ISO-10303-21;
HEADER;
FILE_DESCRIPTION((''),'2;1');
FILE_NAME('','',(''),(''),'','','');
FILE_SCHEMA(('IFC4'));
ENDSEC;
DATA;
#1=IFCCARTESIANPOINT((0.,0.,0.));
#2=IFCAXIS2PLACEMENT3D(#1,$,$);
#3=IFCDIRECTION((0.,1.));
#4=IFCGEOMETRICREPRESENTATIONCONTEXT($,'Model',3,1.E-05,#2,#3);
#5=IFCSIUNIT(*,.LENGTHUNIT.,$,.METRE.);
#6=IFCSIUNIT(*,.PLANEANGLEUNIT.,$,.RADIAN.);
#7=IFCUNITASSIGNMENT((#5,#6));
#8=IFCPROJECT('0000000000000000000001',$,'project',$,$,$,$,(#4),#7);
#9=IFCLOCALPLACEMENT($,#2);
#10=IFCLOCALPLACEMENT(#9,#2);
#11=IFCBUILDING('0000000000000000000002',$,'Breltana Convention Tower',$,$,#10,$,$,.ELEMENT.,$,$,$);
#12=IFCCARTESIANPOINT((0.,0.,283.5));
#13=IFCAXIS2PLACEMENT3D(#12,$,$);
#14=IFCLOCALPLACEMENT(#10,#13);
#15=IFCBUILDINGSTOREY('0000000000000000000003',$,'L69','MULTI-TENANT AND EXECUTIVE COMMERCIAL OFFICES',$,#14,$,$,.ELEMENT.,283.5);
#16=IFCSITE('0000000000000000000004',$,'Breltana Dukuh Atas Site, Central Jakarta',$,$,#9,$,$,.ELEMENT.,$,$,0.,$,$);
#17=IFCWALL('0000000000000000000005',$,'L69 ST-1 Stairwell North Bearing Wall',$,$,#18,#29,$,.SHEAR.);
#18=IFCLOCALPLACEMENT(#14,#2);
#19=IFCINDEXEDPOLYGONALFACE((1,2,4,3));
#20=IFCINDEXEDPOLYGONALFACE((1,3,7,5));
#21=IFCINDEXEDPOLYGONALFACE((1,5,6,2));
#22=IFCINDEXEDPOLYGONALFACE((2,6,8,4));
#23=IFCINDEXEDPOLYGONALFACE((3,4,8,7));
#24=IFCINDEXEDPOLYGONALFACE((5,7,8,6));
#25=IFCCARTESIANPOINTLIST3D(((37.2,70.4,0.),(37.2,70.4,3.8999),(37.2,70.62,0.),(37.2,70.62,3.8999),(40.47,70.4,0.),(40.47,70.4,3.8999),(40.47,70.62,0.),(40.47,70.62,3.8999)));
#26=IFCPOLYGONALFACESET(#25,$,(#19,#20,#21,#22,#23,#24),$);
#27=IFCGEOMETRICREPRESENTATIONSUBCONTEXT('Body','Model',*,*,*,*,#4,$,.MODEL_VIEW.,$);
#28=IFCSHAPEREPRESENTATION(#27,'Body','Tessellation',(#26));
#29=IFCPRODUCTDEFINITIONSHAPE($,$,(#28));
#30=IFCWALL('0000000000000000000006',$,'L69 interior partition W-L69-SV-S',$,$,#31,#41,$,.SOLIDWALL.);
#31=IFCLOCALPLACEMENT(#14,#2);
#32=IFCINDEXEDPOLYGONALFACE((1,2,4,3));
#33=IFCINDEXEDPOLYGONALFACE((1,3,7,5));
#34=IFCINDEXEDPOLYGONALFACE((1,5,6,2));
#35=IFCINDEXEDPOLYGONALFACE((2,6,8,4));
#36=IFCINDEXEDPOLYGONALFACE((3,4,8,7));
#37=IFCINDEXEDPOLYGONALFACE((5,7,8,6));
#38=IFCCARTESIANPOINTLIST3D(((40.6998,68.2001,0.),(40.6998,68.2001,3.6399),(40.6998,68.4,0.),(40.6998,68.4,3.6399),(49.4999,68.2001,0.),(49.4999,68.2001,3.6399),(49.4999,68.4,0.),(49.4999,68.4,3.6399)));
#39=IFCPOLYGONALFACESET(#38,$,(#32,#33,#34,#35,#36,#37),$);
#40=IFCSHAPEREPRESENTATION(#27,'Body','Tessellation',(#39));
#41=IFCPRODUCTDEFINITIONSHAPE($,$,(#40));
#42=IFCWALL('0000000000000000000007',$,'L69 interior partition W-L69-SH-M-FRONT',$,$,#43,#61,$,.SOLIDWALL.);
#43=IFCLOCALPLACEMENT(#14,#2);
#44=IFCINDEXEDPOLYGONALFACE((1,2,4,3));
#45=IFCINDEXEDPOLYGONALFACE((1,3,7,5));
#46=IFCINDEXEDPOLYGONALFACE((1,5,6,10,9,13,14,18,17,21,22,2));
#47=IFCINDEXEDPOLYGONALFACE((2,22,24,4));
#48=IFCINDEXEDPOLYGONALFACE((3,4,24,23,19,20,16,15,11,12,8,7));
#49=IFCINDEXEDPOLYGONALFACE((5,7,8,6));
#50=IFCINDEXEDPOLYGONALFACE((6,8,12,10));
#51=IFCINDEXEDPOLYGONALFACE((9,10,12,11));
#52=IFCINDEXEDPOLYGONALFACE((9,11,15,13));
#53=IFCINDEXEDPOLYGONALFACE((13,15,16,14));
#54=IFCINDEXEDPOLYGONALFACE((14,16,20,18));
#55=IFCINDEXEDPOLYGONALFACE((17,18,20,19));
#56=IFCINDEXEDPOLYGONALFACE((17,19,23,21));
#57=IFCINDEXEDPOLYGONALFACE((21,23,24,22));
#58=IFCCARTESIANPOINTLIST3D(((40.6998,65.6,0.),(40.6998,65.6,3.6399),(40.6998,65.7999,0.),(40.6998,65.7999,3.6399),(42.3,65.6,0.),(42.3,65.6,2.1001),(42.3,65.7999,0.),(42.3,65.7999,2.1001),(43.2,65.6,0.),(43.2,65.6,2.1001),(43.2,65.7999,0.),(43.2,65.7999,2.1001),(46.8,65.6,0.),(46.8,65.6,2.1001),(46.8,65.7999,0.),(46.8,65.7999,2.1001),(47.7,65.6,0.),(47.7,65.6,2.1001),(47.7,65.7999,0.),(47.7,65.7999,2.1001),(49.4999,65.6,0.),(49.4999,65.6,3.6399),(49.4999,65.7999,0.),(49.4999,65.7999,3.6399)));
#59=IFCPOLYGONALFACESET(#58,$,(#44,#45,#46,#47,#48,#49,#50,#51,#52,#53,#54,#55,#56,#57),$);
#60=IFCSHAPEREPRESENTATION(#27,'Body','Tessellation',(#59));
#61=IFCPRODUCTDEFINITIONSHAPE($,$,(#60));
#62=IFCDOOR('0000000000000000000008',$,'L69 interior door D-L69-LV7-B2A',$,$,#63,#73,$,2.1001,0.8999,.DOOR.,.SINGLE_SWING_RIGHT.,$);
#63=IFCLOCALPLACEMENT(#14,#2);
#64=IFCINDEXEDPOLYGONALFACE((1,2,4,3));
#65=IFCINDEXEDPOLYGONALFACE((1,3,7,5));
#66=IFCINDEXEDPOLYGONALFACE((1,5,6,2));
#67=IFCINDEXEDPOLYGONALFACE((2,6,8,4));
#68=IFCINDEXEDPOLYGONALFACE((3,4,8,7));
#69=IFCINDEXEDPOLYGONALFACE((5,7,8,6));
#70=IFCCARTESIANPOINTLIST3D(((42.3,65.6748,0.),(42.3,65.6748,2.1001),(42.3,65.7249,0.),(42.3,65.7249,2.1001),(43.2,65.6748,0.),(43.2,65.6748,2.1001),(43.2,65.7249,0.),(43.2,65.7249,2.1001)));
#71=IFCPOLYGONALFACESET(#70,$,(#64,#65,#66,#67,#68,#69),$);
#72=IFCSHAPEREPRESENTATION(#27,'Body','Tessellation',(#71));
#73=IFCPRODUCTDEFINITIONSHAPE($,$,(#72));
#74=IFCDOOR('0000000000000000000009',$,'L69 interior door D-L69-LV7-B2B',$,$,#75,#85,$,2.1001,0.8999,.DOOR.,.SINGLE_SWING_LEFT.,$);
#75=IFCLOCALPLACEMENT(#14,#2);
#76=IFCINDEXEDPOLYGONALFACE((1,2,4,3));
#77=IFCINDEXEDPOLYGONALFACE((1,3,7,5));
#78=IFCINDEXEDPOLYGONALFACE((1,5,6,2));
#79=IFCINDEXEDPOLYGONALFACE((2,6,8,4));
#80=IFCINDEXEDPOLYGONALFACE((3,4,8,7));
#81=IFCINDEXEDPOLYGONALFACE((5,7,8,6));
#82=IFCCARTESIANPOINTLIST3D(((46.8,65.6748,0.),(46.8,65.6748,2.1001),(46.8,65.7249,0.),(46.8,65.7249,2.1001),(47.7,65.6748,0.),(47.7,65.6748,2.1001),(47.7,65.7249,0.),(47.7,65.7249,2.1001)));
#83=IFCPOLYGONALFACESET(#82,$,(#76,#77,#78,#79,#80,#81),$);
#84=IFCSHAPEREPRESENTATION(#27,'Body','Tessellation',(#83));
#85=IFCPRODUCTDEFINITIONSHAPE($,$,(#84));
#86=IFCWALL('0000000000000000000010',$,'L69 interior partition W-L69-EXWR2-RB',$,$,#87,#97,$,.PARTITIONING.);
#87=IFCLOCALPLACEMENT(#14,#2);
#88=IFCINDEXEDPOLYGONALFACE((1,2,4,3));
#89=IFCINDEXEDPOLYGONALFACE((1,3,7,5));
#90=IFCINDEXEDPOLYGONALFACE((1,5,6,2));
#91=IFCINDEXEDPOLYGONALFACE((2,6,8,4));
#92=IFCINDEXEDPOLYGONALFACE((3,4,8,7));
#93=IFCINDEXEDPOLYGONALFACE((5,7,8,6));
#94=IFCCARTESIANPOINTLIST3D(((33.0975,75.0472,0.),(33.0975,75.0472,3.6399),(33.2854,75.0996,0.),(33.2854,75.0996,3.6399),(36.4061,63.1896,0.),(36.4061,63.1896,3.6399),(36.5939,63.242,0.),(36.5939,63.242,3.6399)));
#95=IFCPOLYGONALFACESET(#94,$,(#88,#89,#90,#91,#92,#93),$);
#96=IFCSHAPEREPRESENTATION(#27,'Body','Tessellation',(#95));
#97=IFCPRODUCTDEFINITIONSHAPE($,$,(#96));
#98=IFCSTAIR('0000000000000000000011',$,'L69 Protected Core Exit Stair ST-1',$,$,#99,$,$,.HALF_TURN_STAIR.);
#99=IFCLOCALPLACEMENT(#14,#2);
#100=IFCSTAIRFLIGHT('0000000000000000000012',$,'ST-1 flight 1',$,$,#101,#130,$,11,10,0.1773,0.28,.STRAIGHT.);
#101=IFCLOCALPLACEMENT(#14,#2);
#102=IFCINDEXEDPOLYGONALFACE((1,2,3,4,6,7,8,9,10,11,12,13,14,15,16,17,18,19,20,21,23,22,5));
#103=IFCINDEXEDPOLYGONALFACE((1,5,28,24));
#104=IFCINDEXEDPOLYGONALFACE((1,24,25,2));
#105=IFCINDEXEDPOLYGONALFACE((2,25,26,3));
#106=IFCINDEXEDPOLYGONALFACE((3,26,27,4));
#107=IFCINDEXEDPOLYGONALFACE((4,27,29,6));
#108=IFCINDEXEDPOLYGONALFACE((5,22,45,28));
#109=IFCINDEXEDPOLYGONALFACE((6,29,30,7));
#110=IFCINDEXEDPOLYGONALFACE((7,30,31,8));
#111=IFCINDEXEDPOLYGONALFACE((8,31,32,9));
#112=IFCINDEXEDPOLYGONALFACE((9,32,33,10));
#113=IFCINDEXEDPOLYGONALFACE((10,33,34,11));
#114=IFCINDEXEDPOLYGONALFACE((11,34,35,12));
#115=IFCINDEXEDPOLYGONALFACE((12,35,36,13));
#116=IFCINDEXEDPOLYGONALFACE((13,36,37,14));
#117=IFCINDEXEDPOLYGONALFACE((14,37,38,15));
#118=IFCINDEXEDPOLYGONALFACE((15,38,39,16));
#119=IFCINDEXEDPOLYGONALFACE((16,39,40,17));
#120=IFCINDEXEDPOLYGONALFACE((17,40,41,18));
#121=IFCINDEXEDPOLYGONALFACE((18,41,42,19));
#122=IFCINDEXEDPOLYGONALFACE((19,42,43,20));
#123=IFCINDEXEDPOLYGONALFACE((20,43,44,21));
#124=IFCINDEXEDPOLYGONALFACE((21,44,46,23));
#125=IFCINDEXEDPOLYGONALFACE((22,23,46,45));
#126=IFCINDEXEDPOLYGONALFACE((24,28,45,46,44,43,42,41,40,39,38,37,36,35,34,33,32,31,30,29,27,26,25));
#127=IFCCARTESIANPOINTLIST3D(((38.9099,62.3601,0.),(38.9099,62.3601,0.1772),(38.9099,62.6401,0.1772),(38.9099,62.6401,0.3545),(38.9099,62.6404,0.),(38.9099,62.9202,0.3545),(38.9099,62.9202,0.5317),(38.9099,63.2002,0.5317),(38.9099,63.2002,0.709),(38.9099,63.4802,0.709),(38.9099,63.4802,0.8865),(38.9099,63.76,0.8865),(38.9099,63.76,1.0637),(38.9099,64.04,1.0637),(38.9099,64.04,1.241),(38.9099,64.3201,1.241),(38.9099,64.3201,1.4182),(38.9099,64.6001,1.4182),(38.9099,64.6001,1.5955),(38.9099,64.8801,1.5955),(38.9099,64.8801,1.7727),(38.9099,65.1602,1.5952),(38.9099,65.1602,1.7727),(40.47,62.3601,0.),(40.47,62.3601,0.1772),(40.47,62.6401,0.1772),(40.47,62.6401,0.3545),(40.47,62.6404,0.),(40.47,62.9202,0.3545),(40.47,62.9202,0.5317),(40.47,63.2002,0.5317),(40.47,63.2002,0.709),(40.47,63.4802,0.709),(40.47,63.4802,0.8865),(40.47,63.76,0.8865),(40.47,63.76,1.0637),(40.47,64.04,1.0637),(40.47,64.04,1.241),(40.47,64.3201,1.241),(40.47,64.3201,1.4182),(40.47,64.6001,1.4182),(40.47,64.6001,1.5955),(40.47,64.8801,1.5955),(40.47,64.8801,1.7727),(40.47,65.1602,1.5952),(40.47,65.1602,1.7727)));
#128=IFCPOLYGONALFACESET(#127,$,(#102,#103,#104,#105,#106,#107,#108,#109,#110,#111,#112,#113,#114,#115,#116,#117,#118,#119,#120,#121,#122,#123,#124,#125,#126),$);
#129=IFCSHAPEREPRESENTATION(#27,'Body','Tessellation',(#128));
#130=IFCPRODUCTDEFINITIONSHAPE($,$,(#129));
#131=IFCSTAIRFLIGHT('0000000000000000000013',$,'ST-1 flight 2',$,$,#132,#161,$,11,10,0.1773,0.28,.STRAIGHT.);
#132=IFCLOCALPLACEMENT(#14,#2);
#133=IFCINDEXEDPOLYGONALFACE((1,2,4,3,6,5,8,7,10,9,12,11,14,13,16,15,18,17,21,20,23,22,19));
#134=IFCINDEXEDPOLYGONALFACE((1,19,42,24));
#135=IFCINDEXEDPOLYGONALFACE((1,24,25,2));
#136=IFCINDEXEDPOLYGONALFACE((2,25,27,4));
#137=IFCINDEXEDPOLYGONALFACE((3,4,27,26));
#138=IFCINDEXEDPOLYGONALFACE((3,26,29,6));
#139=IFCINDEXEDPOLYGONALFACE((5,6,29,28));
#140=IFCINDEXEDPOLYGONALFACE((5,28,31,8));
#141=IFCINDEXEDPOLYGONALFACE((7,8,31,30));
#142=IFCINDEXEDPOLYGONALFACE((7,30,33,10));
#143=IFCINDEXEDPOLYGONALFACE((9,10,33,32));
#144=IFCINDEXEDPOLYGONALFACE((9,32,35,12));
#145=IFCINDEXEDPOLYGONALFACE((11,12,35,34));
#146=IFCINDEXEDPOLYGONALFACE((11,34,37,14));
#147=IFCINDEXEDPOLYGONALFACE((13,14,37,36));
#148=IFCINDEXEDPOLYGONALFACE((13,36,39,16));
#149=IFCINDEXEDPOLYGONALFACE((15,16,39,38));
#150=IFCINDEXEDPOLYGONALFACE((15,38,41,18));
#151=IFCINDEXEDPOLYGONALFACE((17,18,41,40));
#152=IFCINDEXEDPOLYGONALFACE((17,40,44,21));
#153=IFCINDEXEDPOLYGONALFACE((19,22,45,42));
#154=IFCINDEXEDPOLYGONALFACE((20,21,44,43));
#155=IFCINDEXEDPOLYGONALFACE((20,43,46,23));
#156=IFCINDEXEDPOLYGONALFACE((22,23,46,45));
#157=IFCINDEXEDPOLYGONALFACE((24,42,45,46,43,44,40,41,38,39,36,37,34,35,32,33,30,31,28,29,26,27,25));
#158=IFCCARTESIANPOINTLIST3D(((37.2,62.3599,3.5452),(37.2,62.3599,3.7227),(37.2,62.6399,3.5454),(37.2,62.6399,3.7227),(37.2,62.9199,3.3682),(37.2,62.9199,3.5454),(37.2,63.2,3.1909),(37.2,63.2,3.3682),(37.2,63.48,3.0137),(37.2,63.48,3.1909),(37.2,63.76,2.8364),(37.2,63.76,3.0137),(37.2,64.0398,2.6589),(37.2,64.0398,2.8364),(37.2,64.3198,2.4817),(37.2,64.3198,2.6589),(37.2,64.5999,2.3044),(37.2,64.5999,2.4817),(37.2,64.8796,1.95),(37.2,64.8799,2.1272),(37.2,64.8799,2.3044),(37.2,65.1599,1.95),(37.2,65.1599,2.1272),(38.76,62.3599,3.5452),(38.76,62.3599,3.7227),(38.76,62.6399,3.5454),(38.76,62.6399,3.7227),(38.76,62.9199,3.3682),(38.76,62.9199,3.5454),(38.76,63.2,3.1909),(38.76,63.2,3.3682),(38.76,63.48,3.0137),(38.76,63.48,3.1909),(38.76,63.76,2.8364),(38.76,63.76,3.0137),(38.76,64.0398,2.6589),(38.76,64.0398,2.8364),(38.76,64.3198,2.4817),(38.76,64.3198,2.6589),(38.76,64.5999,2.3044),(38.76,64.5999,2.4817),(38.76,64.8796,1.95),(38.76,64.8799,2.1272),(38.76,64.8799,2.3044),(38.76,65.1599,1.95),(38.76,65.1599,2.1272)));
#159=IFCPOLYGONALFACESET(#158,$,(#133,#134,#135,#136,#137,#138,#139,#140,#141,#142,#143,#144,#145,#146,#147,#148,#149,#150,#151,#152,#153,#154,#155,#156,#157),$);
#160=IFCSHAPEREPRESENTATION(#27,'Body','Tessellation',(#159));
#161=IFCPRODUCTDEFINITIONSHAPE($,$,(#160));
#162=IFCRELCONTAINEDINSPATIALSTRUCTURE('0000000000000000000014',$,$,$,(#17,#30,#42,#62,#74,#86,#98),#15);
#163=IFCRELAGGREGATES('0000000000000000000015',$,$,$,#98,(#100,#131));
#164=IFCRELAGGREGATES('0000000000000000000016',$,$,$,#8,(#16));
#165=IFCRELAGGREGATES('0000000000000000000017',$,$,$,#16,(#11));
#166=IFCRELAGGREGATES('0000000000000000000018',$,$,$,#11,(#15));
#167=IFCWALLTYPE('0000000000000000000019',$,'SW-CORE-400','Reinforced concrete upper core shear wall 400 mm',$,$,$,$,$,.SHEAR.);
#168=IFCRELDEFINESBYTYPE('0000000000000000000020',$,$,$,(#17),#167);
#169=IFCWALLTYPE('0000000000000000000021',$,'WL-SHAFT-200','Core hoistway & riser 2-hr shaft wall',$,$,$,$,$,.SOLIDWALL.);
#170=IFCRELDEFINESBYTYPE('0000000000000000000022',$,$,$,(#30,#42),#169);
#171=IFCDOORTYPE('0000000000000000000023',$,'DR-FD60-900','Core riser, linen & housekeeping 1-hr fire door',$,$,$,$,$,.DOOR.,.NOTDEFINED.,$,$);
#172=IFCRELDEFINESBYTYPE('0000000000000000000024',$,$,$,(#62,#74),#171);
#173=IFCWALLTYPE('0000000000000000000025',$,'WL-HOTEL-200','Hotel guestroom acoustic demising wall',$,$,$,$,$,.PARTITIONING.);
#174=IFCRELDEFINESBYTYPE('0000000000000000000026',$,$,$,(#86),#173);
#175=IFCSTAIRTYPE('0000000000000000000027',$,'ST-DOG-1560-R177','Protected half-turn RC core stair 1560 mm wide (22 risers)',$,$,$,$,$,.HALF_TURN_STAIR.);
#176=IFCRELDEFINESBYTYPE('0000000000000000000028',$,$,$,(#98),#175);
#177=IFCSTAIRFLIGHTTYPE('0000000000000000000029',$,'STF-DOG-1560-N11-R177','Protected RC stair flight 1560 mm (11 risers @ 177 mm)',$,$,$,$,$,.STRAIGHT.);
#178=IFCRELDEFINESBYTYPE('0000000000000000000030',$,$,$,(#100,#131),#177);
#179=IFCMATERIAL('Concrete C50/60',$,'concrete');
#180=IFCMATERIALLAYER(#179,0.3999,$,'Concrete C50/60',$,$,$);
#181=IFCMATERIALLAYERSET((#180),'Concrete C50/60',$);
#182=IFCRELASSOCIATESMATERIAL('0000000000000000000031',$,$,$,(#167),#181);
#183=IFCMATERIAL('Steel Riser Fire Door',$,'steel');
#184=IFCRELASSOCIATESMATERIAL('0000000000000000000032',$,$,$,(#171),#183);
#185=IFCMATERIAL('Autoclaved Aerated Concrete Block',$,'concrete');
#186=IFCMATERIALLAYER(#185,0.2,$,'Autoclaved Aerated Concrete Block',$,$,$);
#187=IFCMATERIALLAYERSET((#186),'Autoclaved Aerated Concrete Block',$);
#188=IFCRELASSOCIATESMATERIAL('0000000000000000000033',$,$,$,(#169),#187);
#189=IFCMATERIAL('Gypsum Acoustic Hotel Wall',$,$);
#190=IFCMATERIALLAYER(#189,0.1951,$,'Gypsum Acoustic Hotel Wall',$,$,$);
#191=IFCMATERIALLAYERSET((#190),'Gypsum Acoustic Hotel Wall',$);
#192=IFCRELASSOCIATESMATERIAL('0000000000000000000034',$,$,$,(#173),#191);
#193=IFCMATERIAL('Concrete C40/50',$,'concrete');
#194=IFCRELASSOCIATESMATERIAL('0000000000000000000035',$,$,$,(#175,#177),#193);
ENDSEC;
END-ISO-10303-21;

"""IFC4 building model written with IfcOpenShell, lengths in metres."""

from ifc_helpers import new_model, si_unit, direction, frame, frame_2d, origin, place, context, subcontext, project, spatial, polyline, rectangle, outline, extrude, source, transform, mapped, material, layer, layer_set, type_object, type_shapes, element, fill, aggregate, save


model = new_model("IFC4")

# Units and contexts
model_context = context("Model", 3, precision=1e-05, world=origin(), true_north=direction((0.0, 1.0)))
body_context = subcontext(model_context, "Body", "Model", "MODEL_VIEW")
ifc_project = project(units=[si_unit("LENGTHUNIT", "METRE"), si_unit("PLANEANGLEUNIT", "RADIAN")], contexts=[model_context])

# Site, building, storey
site_placement = place(None, origin())
site = spatial("IfcSite", under=ifc_project, at=site_placement, Name="Breltana Dukuh Atas Site, Central Jakarta", CompositionType="ELEMENT", RefElevation=0.0)
building_placement = place(site_placement, origin())
building = spatial("IfcBuilding", under=site, at=building_placement, Name="Breltana Convention Tower", CompositionType="ELEMENT")
storey_placement = place(building_placement, frame((0.0, 0.0, 283.5)))
storey = spatial("IfcBuildingStorey", under=building, at=storey_placement, Name="L69", Description="MULTI-TENANT AND EXECUTIVE COMMERCIAL OFFICES", CompositionType="ELEMENT", Elevation=283.5)

# Wall
ifc_material_1 = material(Name="Concrete C50/60", Category="concrete")
ifc_layer_1 = layer(ifc_material_1, 0.3999, Name="Concrete C50/60")
ifc_layer_set_1 = layer_set([ifc_layer_1], Name="Concrete C50/60")
wall_type_1 = type_object("IfcWallType", Name="SW-CORE-400", Description="Reinforced concrete upper core shear wall 400 mm", PredefinedType="SHEAR", material=ifc_layer_set_1)
shared_shape_1 = source(origin(), body_context, "Body", "SweptSolid", [
    extrude(rectangle(XDim=3.27, YDim=0.22, at=frame_2d((1.635, 0.0))), origin(), (0.0, 0.0, 1.0), 3.8999),
])
wall_1_placement = place(storey_placement, frame((37.2, 70.51, 0.0), z_axis=(0.0, 0.0, 1.0), x_axis=(1.0, 0.0, 0.0)))
element("IfcWall", 1, at=wall_1_placement, inside=storey, type_object=wall_type_1, Name="L69 ST-1 Stairwell North Bearing Wall", PredefinedType="SHEAR", context=body_context, shape_type="MappedRepresentation", body=[
    mapped(shared_shape_1, transform((0.0, 0.0, 0.0), scale=1.0)),
])

# Shared definitions
ifc_material_2 = material(Name="Steel Riser Fire Door", Category="steel")
door_type_1 = type_object("IfcDoorType", Name="DR-FD60-900", Description="Core riser, linen & housekeeping 1-hr fire door", OperationType="NOTDEFINED", PredefinedType="DOOR", material=ifc_material_2)
shared_shape_2 = source(origin(), body_context, "Body", "SweptSolid", [
    extrude(rectangle(XDim=0.8999, YDim=2.1001, at=frame_2d((0.45, 1.05))), frame((0.0, 0.0249, 0.0), z_axis=(0.0, -1.0, 0.0), x_axis=(1.0, 0.0, 0.0)), (0.0, 0.0, 1.0), 0.05),
])
type_shapes(door_type_1, [shared_shape_2])

# Wall
ifc_material_3 = material(Name="Autoclaved Aerated Concrete Block", Category="concrete")
ifc_layer_2 = layer(ifc_material_3, 0.2, Name="Autoclaved Aerated Concrete Block")
ifc_layer_set_2 = layer_set([ifc_layer_2], Name="Autoclaved Aerated Concrete Block")
wall_type_2 = type_object("IfcWallType", Name="WL-SHAFT-200", Description="Core hoistway & riser 2-hr shaft wall", PredefinedType="SOLIDWALL", material=ifc_layer_set_2)
shared_shape_3 = source(origin(), body_context, "Body", "SweptSolid", [
    extrude(rectangle(XDim=8.8, YDim=0.2, at=frame_2d((4.3999, 0.0))), origin(), (0.0, 0.0, 1.0), 3.6399),
])
wall_2_placement = place(storey_placement, frame((40.7, 68.3, 0.0), z_axis=(0.0, 0.0, 1.0), x_axis=(1.0, 0.0, 0.0)))
element("IfcWall", 2, at=wall_2_placement, inside=storey, type_object=wall_type_2, Name="L69 interior partition W-L69-SV-S", PredefinedType="SOLIDWALL", context=body_context, shape_type="MappedRepresentation", body=[
    mapped(shared_shape_3, transform((0.0, 0.0, 0.0), scale=1.0)),
])

# Wall, openings, doors
wall_3_placement = place(storey_placement, frame((40.7, 65.7, 0.0), z_axis=(0.0, 0.0, 1.0), x_axis=(1.0, 0.0, 0.0)))
wall_3 = element("IfcWall", 3, at=wall_3_placement, inside=storey, type_object=wall_type_2, Name="L69 interior partition W-L69-SH-M-FRONT", PredefinedType="SOLIDWALL", context=body_context, shape_type="MappedRepresentation", body=[
    mapped(shared_shape_3, transform((0.0, 0.0, 0.0), scale=1.0)),
])
opening_1_placement = place(wall_3_placement, frame((1.6001, 0.0, 0.0)))
opening_1 = element("IfcOpeningElement", 4, at=opening_1_placement, cuts=wall_3, PredefinedType="OPENING", context=body_context, shape_type="SweptSolid", body=[
    extrude(rectangle(XDim=0.8999, YDim=2.1001, at=frame_2d((0.45, 1.05))), frame((0.0, 0.1099, 0.0), z_axis=(0.0, -1.0, 0.0), x_axis=(1.0, 0.0, 0.0)), (0.0, 0.0, 1.0), 0.22),
])
opening_2_placement = place(wall_3_placement, frame((6.1001, 0.0, 0.0)))
opening_2 = element("IfcOpeningElement", 5, at=opening_2_placement, cuts=wall_3, PredefinedType="OPENING", context=body_context, shape_type="SweptSolid", body=[
    extrude(rectangle(XDim=0.8999, YDim=2.1001, at=frame_2d((0.45, 1.05))), frame((0.0, 0.1099, 0.0), z_axis=(0.0, -1.0, 0.0), x_axis=(1.0, 0.0, 0.0)), (0.0, 0.0, 1.0), 0.22),
])
door_1_placement = place(opening_1_placement, origin())
door_1 = element("IfcDoor", 6, at=door_1_placement, inside=storey, type_object=door_type_1, Name="L69 interior door D-L69-LV7-B2A", OperationType="SINGLE_SWING_RIGHT", OverallHeight=2.1001, OverallWidth=0.8999, PredefinedType="DOOR", context=body_context, shape_type="MappedRepresentation", body=[
    mapped(shared_shape_2, transform((0.0, 0.0, 0.0), scale=1.0)),
])
fill(opening_1, door_1)
door_2_placement = place(opening_2_placement, origin())
door_2 = element("IfcDoor", 7, at=door_2_placement, inside=storey, type_object=door_type_1, Name="L69 interior door D-L69-LV7-B2B", OperationType="SINGLE_SWING_LEFT", OverallHeight=2.1001, OverallWidth=0.8999, PredefinedType="DOOR", context=body_context, shape_type="MappedRepresentation", body=[
    mapped(shared_shape_2, transform((0.0, 0.0, 0.0), scale=1.0)),
])
fill(opening_2, door_2)

# Wall
ifc_material_4 = material(Name="Gypsum Acoustic Hotel Wall")
ifc_layer_3 = layer(ifc_material_4, 0.1951, Name="Gypsum Acoustic Hotel Wall")
ifc_layer_set_3 = layer_set([ifc_layer_3], Name="Gypsum Acoustic Hotel Wall")
wall_type_3 = type_object("IfcWallType", Name="WL-HOTEL-200", Description="Hotel guestroom acoustic demising wall", PredefinedType="PARTITIONING", material=ifc_layer_set_3)
shared_shape_4 = source(origin(), body_context, "Body", "SweptSolid", [
    extrude(rectangle(XDim=12.3105, YDim=0.1951, at=frame_2d((6.1553, 0.0))), origin(), (0.0, 0.0, 1.0), 3.6399),
])
wall_4_placement = place(storey_placement, frame((36.5, 63.2158, 0.0), z_axis=(0.0, 0.0, 1.0), x_axis=(-0.26876, 0.963207, 0.0)))
element("IfcWall", 8, at=wall_4_placement, inside=storey, type_object=wall_type_3, Name="L69 interior partition W-L69-EXWR2-RB", PredefinedType="PARTITIONING", context=body_context, shape_type="MappedRepresentation", body=[
    mapped(shared_shape_4, transform((0.0, 0.0, 0.0), scale=1.0)),
])

# Stair, stair flights
ifc_material_5 = material(Name="Concrete C40/50", Category="concrete")
stair_type = type_object("IfcStairType", Name="ST-DOG-1560-R177", Description="Protected half-turn RC core stair 1560 mm wide (22 risers)", PredefinedType="HALF_TURN_STAIR", material=ifc_material_5)
stair_placement = place(storey_placement, origin())
stair = element("IfcStair", 9, at=stair_placement, inside=storey, type_object=stair_type, Name="L69 Protected Core Exit Stair ST-1", PredefinedType="HALF_TURN_STAIR")
stair_flight_type = type_object("IfcStairFlightType", Name="STF-DOG-1560-N11-R177", Description="Protected RC stair flight 1560 mm (11 risers @ 177 mm)", PredefinedType="STRAIGHT", material=ifc_material_5)
stair_flight_1_placement = place(storey_placement, frame((39.6899, 62.3601, 0.0), z_axis=(0.0, 0.0, 1.0), x_axis=(0.0, 1.0, 0.0)))
stair_flight_1 = element("IfcStairFlight", 10, at=stair_flight_1_placement, type_object=stair_flight_type, Name="ST-1 flight 1", NumberOfRisers=11, NumberOfTreads=10, PredefinedType="STRAIGHT", RiserHeight=0.1773, TreadLength=0.28, context=body_context, shape_type="SweptSolid", body=[
    extrude(outline(polyline([(0.0, 0.0), (0.0, 0.1772), (0.28, 0.1772), (0.28, 0.3545), (0.5601, 0.3545), (0.5601, 0.5317), (0.8401, 0.5317), (0.8401, 0.709), (1.1201, 0.709), (1.1201, 0.8865), (1.3999, 0.8865), (1.3999, 1.0637), (1.6799, 1.0637), (1.6799, 1.241), (1.96, 1.241), (1.96, 1.4182), (2.24, 1.4182), (2.24, 1.5955), (2.52, 1.5955), (2.52, 1.7727), (2.8, 1.7727), (2.8, 1.95), (2.8, 1.5952), (0.2803, 0.0), (0.0, 0.0)])), frame((0.0, 0.78, 0.0), z_axis=(0.0, -1.0, 0.0), x_axis=(1.0, 0.0, 0.0)), (0.0, 0.0, 1.0), 1.5601),
])
stair_flight_2_placement = place(storey_placement, frame((37.98, 65.1599, 1.95), z_axis=(0.0, 0.0, 1.0), x_axis=(0.0, -1.0, 0.0)))
stair_flight_2 = element("IfcStairFlight", 11, at=stair_flight_2_placement, type_object=stair_flight_type, Name="ST-1 flight 2", NumberOfRisers=11, NumberOfTreads=10, PredefinedType="STRAIGHT", RiserHeight=0.1773, TreadLength=0.28, context=body_context, shape_type="SweptSolid", body=[
    extrude(outline(polyline([(0.0, 0.0), (0.0, 0.1772), (0.28, 0.1772), (0.28, 0.3545), (0.5601, 0.3545), (0.5601, 0.5317), (0.8401, 0.5317), (0.8401, 0.709), (1.1201, 0.709), (1.1201, 0.8865), (1.3999, 0.8865), (1.3999, 1.0637), (1.6799, 1.0637), (1.6799, 1.241), (1.96, 1.241), (1.96, 1.4182), (2.24, 1.4182), (2.24, 1.5955), (2.52, 1.5955), (2.52, 1.7727), (2.8, 1.7727), (2.8, 1.95), (2.8, 1.5952), (0.2803, 0.0), (0.0, 0.0)])), frame((0.0, 0.78, 0.0), z_axis=(0.0, -1.0, 0.0), x_axis=(1.0, 0.0, 0.0)), (0.0, 0.0, 1.0), 1.5601),
])
aggregate(stair, [stair_flight_1, stair_flight_2])

save(model, "model.ifc")
